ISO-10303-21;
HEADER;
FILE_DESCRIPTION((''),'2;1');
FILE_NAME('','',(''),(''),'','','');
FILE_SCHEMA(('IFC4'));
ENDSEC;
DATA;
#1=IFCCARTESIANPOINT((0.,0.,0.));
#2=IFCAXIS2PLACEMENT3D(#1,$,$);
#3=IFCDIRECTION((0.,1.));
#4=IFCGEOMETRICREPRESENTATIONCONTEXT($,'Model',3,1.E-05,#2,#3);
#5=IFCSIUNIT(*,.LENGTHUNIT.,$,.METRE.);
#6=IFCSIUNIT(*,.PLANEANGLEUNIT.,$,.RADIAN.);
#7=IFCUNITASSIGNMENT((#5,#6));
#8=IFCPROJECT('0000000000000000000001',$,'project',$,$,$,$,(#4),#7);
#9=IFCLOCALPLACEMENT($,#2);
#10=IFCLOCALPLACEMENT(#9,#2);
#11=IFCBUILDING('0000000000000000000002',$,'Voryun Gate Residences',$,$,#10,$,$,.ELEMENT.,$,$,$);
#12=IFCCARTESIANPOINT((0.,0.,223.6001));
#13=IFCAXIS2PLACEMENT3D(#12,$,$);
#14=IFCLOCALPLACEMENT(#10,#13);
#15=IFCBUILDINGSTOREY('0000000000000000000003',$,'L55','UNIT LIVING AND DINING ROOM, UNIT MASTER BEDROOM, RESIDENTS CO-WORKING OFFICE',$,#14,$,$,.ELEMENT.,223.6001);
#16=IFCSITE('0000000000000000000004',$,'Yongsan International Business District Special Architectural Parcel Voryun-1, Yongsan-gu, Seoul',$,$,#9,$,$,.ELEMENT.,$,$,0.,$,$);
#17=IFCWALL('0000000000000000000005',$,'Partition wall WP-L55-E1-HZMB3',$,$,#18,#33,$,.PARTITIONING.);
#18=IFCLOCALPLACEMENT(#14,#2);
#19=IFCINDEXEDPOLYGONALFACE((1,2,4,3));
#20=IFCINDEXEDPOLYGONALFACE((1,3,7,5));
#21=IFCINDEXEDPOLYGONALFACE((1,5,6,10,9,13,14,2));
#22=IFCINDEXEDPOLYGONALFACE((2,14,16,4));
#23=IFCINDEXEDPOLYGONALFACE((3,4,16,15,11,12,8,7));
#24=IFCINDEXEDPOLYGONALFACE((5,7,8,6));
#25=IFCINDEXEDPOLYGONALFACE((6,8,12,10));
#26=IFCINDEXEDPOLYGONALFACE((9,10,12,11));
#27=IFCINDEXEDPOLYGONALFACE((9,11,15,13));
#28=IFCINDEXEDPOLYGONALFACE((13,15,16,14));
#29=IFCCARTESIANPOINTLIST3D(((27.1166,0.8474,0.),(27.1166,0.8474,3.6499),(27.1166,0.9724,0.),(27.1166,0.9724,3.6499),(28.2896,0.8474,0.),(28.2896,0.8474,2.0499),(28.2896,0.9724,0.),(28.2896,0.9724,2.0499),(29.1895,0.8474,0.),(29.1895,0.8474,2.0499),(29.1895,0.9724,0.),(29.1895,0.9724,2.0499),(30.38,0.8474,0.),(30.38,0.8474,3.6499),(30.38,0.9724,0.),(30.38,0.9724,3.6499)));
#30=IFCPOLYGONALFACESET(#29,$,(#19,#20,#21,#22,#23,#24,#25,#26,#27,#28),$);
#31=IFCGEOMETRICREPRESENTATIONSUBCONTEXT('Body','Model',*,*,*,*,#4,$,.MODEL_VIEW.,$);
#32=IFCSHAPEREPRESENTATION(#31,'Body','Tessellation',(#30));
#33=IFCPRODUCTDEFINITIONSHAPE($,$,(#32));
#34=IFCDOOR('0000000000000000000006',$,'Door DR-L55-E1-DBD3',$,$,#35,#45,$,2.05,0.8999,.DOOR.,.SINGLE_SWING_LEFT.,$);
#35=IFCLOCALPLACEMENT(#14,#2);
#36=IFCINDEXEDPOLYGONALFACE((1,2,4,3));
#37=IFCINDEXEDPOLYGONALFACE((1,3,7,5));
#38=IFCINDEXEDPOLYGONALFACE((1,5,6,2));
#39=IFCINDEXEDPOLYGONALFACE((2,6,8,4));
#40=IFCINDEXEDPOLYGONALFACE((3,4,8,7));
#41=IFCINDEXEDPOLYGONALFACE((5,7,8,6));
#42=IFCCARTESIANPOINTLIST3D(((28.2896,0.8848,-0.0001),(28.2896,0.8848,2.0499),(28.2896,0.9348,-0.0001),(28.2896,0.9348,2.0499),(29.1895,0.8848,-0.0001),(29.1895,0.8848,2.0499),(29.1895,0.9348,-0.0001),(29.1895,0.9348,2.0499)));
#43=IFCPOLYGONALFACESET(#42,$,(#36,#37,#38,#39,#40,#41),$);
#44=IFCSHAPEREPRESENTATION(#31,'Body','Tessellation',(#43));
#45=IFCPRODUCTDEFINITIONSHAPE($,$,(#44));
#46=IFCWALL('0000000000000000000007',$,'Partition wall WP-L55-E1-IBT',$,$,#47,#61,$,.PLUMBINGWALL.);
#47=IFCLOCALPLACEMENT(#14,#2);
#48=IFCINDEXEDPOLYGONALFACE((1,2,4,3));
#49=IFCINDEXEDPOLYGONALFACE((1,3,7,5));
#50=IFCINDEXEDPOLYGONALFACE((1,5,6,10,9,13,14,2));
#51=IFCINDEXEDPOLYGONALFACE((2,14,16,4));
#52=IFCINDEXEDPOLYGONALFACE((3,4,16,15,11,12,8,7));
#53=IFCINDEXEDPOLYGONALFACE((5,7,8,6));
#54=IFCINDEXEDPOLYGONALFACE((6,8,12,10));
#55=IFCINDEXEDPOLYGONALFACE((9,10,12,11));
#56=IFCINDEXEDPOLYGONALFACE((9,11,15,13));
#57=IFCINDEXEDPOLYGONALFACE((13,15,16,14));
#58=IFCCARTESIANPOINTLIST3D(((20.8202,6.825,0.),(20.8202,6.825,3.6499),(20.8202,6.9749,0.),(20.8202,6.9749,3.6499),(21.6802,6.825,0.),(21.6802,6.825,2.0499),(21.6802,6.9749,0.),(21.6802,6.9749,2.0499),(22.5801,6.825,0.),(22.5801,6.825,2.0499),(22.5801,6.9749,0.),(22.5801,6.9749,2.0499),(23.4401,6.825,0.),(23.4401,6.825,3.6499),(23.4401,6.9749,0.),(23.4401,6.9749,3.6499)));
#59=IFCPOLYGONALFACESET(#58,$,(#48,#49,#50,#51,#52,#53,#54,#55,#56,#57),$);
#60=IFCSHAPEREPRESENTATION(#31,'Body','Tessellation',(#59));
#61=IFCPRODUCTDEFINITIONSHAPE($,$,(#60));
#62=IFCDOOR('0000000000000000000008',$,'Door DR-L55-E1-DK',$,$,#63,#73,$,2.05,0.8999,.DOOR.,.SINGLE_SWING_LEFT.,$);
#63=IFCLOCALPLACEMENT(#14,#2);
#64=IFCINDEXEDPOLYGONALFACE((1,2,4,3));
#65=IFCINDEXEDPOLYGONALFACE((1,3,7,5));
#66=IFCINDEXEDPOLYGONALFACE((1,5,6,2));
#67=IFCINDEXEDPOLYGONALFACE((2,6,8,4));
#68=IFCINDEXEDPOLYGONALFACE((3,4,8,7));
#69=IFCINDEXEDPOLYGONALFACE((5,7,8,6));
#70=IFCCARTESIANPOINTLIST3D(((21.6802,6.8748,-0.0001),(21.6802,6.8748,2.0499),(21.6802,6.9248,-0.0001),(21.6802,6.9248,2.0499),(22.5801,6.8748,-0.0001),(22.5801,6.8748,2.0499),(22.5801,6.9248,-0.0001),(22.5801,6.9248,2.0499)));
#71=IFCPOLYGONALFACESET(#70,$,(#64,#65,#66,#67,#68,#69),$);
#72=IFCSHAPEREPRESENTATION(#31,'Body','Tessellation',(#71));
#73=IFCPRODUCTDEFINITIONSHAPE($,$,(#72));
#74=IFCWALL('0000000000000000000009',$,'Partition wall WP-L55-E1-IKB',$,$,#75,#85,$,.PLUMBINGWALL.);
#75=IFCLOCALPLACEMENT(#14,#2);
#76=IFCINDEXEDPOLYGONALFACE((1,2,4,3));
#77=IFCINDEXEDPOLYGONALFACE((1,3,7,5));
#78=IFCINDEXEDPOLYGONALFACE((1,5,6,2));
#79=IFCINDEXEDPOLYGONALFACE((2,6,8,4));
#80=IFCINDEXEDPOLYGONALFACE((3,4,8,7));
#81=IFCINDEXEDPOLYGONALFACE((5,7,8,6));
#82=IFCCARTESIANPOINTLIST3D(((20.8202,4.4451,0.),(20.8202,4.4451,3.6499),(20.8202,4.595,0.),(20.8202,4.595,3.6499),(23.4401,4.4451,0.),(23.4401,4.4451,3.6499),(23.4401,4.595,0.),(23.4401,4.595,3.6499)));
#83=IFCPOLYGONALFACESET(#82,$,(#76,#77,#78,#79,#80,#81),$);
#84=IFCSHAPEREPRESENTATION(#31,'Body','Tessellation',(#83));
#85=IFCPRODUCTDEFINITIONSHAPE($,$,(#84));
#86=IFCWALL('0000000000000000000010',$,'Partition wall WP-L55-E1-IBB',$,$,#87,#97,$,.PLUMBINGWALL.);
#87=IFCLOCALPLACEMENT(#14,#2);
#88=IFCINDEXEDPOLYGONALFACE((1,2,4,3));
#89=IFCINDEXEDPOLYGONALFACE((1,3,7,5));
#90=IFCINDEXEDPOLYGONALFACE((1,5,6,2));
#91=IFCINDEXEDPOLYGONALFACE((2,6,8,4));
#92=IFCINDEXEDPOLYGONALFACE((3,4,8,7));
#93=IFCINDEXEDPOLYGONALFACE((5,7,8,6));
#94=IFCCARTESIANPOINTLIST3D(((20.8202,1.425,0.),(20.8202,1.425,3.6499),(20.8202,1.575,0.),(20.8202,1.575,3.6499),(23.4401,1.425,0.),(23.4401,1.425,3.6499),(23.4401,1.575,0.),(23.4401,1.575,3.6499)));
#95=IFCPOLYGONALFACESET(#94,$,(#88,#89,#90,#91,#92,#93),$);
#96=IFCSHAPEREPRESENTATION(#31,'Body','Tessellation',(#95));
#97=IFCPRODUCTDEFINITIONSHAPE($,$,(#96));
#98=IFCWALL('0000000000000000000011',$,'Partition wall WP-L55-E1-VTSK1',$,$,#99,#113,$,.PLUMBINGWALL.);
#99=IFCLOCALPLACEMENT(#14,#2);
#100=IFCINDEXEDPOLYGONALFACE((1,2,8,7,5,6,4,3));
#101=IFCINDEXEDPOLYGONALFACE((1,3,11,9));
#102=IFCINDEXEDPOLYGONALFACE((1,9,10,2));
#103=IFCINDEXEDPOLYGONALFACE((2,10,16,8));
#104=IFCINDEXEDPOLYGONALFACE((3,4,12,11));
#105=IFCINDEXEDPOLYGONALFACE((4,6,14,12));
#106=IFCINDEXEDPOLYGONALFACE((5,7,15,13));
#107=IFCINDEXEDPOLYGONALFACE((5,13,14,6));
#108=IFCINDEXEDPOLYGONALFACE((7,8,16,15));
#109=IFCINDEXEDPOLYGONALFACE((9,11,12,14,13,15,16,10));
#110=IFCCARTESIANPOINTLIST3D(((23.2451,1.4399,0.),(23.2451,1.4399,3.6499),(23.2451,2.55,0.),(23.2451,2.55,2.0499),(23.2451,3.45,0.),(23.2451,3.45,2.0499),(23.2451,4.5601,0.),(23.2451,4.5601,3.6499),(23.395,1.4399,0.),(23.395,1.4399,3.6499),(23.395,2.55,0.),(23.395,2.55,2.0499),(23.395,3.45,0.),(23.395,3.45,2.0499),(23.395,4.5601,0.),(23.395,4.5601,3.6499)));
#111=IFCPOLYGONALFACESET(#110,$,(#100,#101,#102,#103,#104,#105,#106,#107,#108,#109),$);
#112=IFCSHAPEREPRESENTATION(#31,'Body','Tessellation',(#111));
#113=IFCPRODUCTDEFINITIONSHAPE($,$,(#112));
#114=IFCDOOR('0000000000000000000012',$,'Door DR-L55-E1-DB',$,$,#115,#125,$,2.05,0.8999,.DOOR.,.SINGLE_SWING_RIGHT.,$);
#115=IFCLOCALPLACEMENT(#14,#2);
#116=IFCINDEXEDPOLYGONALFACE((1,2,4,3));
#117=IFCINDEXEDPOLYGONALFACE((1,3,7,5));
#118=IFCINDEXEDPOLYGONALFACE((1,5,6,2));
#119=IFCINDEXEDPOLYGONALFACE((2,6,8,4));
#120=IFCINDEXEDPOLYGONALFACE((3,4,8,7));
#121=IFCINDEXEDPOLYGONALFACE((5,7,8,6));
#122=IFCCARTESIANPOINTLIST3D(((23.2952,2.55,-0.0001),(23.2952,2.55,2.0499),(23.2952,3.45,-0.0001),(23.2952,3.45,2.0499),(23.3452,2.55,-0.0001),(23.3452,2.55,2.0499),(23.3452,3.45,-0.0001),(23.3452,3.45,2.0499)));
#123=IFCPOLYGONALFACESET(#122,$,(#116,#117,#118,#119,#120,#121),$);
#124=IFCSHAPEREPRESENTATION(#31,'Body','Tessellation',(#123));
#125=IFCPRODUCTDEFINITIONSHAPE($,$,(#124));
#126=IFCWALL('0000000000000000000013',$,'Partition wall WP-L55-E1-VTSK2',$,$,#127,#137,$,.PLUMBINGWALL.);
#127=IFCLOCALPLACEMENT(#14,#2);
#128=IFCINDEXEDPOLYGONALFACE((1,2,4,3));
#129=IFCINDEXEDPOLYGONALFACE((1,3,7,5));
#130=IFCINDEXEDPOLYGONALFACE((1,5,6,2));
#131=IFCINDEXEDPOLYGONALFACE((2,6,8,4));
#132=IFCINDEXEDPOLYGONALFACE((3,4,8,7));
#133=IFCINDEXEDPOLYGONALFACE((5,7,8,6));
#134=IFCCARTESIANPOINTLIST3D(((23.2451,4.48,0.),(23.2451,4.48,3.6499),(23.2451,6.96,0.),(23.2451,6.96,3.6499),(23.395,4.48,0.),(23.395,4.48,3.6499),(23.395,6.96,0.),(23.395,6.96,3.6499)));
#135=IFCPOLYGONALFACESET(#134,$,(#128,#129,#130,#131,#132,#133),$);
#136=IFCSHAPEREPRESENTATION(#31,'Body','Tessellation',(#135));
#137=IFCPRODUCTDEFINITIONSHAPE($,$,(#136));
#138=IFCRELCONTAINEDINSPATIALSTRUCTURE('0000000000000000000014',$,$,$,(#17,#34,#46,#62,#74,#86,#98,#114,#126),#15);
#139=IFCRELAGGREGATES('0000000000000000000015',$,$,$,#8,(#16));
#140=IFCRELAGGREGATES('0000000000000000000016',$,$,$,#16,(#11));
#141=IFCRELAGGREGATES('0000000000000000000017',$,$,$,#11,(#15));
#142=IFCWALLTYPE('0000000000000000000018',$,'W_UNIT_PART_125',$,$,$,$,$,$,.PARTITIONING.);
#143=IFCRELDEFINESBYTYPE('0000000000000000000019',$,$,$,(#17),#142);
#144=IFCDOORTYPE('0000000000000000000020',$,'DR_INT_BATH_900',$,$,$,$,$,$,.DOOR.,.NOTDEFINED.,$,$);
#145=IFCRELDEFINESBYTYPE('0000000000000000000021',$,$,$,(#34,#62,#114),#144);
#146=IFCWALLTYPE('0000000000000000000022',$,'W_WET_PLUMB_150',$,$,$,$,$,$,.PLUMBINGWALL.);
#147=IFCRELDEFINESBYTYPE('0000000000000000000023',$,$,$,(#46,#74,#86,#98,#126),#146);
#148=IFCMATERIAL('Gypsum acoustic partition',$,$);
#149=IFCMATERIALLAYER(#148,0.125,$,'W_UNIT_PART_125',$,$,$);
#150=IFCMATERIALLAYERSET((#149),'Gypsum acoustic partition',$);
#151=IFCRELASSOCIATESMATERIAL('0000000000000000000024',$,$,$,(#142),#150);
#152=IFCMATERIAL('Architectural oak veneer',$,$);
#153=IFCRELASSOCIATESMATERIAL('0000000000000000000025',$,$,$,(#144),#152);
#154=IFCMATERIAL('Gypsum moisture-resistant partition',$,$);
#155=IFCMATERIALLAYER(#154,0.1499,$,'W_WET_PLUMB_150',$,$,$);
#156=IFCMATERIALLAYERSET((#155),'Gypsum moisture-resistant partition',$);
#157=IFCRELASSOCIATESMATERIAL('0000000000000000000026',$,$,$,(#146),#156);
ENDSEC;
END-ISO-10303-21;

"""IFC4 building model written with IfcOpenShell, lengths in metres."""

from ifc_helpers import new_model, si_unit, direction, frame, frame_2d, origin, place, context, subcontext, project, spatial, rectangle, extrude, material, layer, layer_set, type_object, element, fill, save


model = new_model("IFC4")

# Units and contexts
model_context = context("Model", 3, precision=1e-05, world=origin(), true_north=direction((0.0, 1.0)))
body_context = subcontext(model_context, "Body", "Model", "MODEL_VIEW")
ifc_project = project(units=[si_unit("LENGTHUNIT", "METRE"), si_unit("PLANEANGLEUNIT", "RADIAN")], contexts=[model_context])

# Site, building, storey
site_placement = place(None, origin())
site = spatial("IfcSite", under=ifc_project, at=site_placement, Name="Yongsan International Business District Special Architectural Parcel Voryun-1, Yongsan-gu, Seoul", CompositionType="ELEMENT", RefElevation=0.0)
building_placement = place(site_placement, origin())
building = spatial("IfcBuilding", under=site, at=building_placement, Name="Voryun Gate Residences", CompositionType="ELEMENT")
storey_placement = place(building_placement, frame((0.0, 0.0, 223.6001)))
storey = spatial("IfcBuildingStorey", under=building, at=storey_placement, Name="L55", Description="UNIT LIVING AND DINING ROOM, UNIT MASTER BEDROOM, RESIDENTS CO-WORKING OFFICE", CompositionType="ELEMENT", Elevation=223.6001)

# Walls, openings, doors
ifc_material_1 = material(Name="Gypsum acoustic partition")
ifc_layer_1 = layer(ifc_material_1, 0.125, Name="W_UNIT_PART_125")
ifc_layer_set_1 = layer_set([ifc_layer_1], Name="Gypsum acoustic partition")
wall_type_1 = type_object("IfcWallType", Name="W_UNIT_PART_125", PredefinedType="PARTITIONING", material=ifc_layer_set_1)
ifc_material_2 = material(Name="Architectural oak veneer")
door_type_1 = type_object("IfcDoorType", Name="DR_INT_BATH_900", OperationType="NOTDEFINED", PredefinedType="DOOR", material=ifc_material_2)
wall_1_placement = place(storey_placement, frame((27.1165, 0.9099, 0.0), z_axis=(0.0, 0.0, 1.0), x_axis=(1.0, 0.0, 0.0)))
wall_1 = element("IfcWall", 1, at=wall_1_placement, inside=storey, type_object=wall_type_1, Name="Partition wall WP-L55-E1-HZMB3", PredefinedType="PARTITIONING", context=body_context, shape_type="SweptSolid", body=[
    extrude(rectangle(XDim=3.2634, YDim=0.125, at=frame_2d((1.6318, 0.0))), origin(), (0.0, 0.0, 1.0), 3.6499),
])
opening_1_placement = place(wall_1_placement, frame((1.1731, 0.0, 0.0)))
opening_1 = element("IfcOpeningElement", 2, at=opening_1_placement, cuts=wall_1, PredefinedType="OPENING", context=body_context, shape_type="SweptSolid", body=[
    extrude(rectangle(XDim=0.8999, YDim=2.05, at=frame_2d((0.45, 1.0249))), frame((0.0, 0.0725, 0.0), z_axis=(0.0, -1.0, 0.0), x_axis=(1.0, 0.0, 0.0)), (0.0, 0.0, 1.0), 0.145),
])
door_1_placement = place(opening_1_placement, origin())
door_1 = element("IfcDoor", 3, at=door_1_placement, inside=storey, type_object=door_type_1, Name="Door DR-L55-E1-DBD3", OperationType="SINGLE_SWING_LEFT", OverallHeight=2.05, OverallWidth=0.8999, PredefinedType="DOOR", context=body_context, shape_type="SweptSolid", body=[
    extrude(rectangle(XDim=0.8999, YDim=2.05, at=frame_2d((0.45, 1.0249))), frame((0.0, 0.0249, 0.0), z_axis=(0.0, -1.0, 0.0), x_axis=(1.0, 0.0, 0.0)), (0.0, 0.0, 1.0), 0.05),
])
fill(opening_1, door_1)
ifc_material_3 = material(Name="Gypsum moisture-resistant partition")
ifc_layer_2 = layer(ifc_material_3, 0.1499, Name="W_WET_PLUMB_150")
ifc_layer_set_2 = layer_set([ifc_layer_2], Name="Gypsum moisture-resistant partition")
wall_type_2 = type_object("IfcWallType", Name="W_WET_PLUMB_150", PredefinedType="PLUMBINGWALL", material=ifc_layer_set_2)
wall_2_placement = place(storey_placement, frame((20.8201, 6.8999, 0.0), z_axis=(0.0, 0.0, 1.0), x_axis=(1.0, 0.0, 0.0)))
wall_2 = element("IfcWall", 4, at=wall_2_placement, inside=storey, type_object=wall_type_2, Name="Partition wall WP-L55-E1-IBT", PredefinedType="PLUMBINGWALL", context=body_context, shape_type="SweptSolid", body=[
    extrude(rectangle(XDim=2.6199, YDim=0.1499, at=frame_2d((1.3101, 0.0))), origin(), (0.0, 0.0, 1.0), 3.6499),
])
opening_2_placement = place(wall_2_placement, frame((0.8601, 0.0, 0.0)))
opening_2 = element("IfcOpeningElement", 5, at=opening_2_placement, cuts=wall_2, PredefinedType="OPENING", context=body_context, shape_type="SweptSolid", body=[
    extrude(rectangle(XDim=0.8999, YDim=2.05, at=frame_2d((0.45, 1.0249))), frame((0.0, 0.085, 0.0), z_axis=(0.0, -1.0, 0.0), x_axis=(1.0, 0.0, 0.0)), (0.0, 0.0, 1.0), 0.1699),
])
door_2_placement = place(opening_2_placement, origin())
door_2 = element("IfcDoor", 6, at=door_2_placement, inside=storey, type_object=door_type_1, Name="Door DR-L55-E1-DK", OperationType="SINGLE_SWING_LEFT", OverallHeight=2.05, OverallWidth=0.8999, PredefinedType="DOOR", context=body_context, shape_type="SweptSolid", body=[
    extrude(rectangle(XDim=0.8999, YDim=2.05, at=frame_2d((0.45, 1.0249))), frame((0.0, 0.0249, 0.0), z_axis=(0.0, -1.0, 0.0), x_axis=(1.0, 0.0, 0.0)), (0.0, 0.0, 1.0), 0.05),
])
fill(opening_2, door_2)

# Walls
for number, where, z_axis, x_axis, name in (
    (7, (20.8201, 4.52, 0.0), (0.0, 0.0, 1.0), (1.0, 0.0, 0.0), "Partition wall WP-L55-E1-IKB"),
    (8, (20.8201, 1.5, 0.0), (0.0, 0.0, 1.0), (1.0, 0.0, 0.0), "Partition wall WP-L55-E1-IBB"),
):
    element("IfcWall", number, at=place(storey_placement, frame(where, z_axis=z_axis, x_axis=x_axis)), inside=storey, type_object=wall_type_2, Name=name, PredefinedType="PLUMBINGWALL", context=body_context, shape_type="SweptSolid", body=[
        extrude(rectangle(XDim=2.6199, YDim=0.1499, at=frame_2d((1.3101, 0.0))), origin(), (0.0, 0.0, 1.0), 3.6499),
    ])

# Wall, opening, door
wall_3_placement = place(storey_placement, frame((23.3201, 1.4399, 0.0), z_axis=(0.0, 0.0, 1.0), x_axis=(0.0, 1.0, 0.0)))
wall_3 = element("IfcWall", 9, at=wall_3_placement, inside=storey, type_object=wall_type_2, Name="Partition wall WP-L55-E1-VTSK1", PredefinedType="PLUMBINGWALL", context=body_context, shape_type="SweptSolid", body=[
    extrude(rectangle(XDim=3.1201, YDim=0.1499, at=frame_2d((1.5601, 0.0))), origin(), (0.0, 0.0, 1.0), 3.6499),
])
opening_3_placement = place(wall_3_placement, frame((1.1101, 0.0, 0.0)))
opening_3 = element("IfcOpeningElement", 10, at=opening_3_placement, cuts=wall_3, PredefinedType="OPENING", context=body_context, shape_type="SweptSolid", body=[
    extrude(rectangle(XDim=0.8999, YDim=2.05, at=frame_2d((0.45, 1.0249))), frame((0.0, 0.085, 0.0), z_axis=(0.0, -1.0, 0.0), x_axis=(1.0, 0.0, 0.0)), (0.0, 0.0, 1.0), 0.1699),
])
door_3_placement = place(opening_3_placement, origin())
door_3 = element("IfcDoor", 11, at=door_3_placement, inside=storey, type_object=door_type_1, Name="Door DR-L55-E1-DB", OperationType="SINGLE_SWING_RIGHT", OverallHeight=2.05, OverallWidth=0.8999, PredefinedType="DOOR", context=body_context, shape_type="SweptSolid", body=[
    extrude(rectangle(XDim=0.8999, YDim=2.05, at=frame_2d((0.45, 1.0249))), frame((0.0, 0.0249, 0.0), z_axis=(0.0, -1.0, 0.0), x_axis=(1.0, 0.0, 0.0)), (0.0, 0.0, 1.0), 0.05),
])
fill(opening_3, door_3)

# Wall
wall_4_placement = place(storey_placement, frame((23.3201, 4.48, 0.0), z_axis=(0.0, 0.0, 1.0), x_axis=(0.0, 1.0, 0.0)))
element("IfcWall", 12, at=wall_4_placement, inside=storey, type_object=wall_type_2, Name="Partition wall WP-L55-E1-VTSK2", PredefinedType="PLUMBINGWALL", context=body_context, shape_type="SweptSolid", body=[
    extrude(rectangle(XDim=2.48, YDim=0.1499, at=frame_2d((1.24, 0.0))), origin(), (0.0, 0.0, 1.0), 3.6499),
])

save(model, "model.ifc")
